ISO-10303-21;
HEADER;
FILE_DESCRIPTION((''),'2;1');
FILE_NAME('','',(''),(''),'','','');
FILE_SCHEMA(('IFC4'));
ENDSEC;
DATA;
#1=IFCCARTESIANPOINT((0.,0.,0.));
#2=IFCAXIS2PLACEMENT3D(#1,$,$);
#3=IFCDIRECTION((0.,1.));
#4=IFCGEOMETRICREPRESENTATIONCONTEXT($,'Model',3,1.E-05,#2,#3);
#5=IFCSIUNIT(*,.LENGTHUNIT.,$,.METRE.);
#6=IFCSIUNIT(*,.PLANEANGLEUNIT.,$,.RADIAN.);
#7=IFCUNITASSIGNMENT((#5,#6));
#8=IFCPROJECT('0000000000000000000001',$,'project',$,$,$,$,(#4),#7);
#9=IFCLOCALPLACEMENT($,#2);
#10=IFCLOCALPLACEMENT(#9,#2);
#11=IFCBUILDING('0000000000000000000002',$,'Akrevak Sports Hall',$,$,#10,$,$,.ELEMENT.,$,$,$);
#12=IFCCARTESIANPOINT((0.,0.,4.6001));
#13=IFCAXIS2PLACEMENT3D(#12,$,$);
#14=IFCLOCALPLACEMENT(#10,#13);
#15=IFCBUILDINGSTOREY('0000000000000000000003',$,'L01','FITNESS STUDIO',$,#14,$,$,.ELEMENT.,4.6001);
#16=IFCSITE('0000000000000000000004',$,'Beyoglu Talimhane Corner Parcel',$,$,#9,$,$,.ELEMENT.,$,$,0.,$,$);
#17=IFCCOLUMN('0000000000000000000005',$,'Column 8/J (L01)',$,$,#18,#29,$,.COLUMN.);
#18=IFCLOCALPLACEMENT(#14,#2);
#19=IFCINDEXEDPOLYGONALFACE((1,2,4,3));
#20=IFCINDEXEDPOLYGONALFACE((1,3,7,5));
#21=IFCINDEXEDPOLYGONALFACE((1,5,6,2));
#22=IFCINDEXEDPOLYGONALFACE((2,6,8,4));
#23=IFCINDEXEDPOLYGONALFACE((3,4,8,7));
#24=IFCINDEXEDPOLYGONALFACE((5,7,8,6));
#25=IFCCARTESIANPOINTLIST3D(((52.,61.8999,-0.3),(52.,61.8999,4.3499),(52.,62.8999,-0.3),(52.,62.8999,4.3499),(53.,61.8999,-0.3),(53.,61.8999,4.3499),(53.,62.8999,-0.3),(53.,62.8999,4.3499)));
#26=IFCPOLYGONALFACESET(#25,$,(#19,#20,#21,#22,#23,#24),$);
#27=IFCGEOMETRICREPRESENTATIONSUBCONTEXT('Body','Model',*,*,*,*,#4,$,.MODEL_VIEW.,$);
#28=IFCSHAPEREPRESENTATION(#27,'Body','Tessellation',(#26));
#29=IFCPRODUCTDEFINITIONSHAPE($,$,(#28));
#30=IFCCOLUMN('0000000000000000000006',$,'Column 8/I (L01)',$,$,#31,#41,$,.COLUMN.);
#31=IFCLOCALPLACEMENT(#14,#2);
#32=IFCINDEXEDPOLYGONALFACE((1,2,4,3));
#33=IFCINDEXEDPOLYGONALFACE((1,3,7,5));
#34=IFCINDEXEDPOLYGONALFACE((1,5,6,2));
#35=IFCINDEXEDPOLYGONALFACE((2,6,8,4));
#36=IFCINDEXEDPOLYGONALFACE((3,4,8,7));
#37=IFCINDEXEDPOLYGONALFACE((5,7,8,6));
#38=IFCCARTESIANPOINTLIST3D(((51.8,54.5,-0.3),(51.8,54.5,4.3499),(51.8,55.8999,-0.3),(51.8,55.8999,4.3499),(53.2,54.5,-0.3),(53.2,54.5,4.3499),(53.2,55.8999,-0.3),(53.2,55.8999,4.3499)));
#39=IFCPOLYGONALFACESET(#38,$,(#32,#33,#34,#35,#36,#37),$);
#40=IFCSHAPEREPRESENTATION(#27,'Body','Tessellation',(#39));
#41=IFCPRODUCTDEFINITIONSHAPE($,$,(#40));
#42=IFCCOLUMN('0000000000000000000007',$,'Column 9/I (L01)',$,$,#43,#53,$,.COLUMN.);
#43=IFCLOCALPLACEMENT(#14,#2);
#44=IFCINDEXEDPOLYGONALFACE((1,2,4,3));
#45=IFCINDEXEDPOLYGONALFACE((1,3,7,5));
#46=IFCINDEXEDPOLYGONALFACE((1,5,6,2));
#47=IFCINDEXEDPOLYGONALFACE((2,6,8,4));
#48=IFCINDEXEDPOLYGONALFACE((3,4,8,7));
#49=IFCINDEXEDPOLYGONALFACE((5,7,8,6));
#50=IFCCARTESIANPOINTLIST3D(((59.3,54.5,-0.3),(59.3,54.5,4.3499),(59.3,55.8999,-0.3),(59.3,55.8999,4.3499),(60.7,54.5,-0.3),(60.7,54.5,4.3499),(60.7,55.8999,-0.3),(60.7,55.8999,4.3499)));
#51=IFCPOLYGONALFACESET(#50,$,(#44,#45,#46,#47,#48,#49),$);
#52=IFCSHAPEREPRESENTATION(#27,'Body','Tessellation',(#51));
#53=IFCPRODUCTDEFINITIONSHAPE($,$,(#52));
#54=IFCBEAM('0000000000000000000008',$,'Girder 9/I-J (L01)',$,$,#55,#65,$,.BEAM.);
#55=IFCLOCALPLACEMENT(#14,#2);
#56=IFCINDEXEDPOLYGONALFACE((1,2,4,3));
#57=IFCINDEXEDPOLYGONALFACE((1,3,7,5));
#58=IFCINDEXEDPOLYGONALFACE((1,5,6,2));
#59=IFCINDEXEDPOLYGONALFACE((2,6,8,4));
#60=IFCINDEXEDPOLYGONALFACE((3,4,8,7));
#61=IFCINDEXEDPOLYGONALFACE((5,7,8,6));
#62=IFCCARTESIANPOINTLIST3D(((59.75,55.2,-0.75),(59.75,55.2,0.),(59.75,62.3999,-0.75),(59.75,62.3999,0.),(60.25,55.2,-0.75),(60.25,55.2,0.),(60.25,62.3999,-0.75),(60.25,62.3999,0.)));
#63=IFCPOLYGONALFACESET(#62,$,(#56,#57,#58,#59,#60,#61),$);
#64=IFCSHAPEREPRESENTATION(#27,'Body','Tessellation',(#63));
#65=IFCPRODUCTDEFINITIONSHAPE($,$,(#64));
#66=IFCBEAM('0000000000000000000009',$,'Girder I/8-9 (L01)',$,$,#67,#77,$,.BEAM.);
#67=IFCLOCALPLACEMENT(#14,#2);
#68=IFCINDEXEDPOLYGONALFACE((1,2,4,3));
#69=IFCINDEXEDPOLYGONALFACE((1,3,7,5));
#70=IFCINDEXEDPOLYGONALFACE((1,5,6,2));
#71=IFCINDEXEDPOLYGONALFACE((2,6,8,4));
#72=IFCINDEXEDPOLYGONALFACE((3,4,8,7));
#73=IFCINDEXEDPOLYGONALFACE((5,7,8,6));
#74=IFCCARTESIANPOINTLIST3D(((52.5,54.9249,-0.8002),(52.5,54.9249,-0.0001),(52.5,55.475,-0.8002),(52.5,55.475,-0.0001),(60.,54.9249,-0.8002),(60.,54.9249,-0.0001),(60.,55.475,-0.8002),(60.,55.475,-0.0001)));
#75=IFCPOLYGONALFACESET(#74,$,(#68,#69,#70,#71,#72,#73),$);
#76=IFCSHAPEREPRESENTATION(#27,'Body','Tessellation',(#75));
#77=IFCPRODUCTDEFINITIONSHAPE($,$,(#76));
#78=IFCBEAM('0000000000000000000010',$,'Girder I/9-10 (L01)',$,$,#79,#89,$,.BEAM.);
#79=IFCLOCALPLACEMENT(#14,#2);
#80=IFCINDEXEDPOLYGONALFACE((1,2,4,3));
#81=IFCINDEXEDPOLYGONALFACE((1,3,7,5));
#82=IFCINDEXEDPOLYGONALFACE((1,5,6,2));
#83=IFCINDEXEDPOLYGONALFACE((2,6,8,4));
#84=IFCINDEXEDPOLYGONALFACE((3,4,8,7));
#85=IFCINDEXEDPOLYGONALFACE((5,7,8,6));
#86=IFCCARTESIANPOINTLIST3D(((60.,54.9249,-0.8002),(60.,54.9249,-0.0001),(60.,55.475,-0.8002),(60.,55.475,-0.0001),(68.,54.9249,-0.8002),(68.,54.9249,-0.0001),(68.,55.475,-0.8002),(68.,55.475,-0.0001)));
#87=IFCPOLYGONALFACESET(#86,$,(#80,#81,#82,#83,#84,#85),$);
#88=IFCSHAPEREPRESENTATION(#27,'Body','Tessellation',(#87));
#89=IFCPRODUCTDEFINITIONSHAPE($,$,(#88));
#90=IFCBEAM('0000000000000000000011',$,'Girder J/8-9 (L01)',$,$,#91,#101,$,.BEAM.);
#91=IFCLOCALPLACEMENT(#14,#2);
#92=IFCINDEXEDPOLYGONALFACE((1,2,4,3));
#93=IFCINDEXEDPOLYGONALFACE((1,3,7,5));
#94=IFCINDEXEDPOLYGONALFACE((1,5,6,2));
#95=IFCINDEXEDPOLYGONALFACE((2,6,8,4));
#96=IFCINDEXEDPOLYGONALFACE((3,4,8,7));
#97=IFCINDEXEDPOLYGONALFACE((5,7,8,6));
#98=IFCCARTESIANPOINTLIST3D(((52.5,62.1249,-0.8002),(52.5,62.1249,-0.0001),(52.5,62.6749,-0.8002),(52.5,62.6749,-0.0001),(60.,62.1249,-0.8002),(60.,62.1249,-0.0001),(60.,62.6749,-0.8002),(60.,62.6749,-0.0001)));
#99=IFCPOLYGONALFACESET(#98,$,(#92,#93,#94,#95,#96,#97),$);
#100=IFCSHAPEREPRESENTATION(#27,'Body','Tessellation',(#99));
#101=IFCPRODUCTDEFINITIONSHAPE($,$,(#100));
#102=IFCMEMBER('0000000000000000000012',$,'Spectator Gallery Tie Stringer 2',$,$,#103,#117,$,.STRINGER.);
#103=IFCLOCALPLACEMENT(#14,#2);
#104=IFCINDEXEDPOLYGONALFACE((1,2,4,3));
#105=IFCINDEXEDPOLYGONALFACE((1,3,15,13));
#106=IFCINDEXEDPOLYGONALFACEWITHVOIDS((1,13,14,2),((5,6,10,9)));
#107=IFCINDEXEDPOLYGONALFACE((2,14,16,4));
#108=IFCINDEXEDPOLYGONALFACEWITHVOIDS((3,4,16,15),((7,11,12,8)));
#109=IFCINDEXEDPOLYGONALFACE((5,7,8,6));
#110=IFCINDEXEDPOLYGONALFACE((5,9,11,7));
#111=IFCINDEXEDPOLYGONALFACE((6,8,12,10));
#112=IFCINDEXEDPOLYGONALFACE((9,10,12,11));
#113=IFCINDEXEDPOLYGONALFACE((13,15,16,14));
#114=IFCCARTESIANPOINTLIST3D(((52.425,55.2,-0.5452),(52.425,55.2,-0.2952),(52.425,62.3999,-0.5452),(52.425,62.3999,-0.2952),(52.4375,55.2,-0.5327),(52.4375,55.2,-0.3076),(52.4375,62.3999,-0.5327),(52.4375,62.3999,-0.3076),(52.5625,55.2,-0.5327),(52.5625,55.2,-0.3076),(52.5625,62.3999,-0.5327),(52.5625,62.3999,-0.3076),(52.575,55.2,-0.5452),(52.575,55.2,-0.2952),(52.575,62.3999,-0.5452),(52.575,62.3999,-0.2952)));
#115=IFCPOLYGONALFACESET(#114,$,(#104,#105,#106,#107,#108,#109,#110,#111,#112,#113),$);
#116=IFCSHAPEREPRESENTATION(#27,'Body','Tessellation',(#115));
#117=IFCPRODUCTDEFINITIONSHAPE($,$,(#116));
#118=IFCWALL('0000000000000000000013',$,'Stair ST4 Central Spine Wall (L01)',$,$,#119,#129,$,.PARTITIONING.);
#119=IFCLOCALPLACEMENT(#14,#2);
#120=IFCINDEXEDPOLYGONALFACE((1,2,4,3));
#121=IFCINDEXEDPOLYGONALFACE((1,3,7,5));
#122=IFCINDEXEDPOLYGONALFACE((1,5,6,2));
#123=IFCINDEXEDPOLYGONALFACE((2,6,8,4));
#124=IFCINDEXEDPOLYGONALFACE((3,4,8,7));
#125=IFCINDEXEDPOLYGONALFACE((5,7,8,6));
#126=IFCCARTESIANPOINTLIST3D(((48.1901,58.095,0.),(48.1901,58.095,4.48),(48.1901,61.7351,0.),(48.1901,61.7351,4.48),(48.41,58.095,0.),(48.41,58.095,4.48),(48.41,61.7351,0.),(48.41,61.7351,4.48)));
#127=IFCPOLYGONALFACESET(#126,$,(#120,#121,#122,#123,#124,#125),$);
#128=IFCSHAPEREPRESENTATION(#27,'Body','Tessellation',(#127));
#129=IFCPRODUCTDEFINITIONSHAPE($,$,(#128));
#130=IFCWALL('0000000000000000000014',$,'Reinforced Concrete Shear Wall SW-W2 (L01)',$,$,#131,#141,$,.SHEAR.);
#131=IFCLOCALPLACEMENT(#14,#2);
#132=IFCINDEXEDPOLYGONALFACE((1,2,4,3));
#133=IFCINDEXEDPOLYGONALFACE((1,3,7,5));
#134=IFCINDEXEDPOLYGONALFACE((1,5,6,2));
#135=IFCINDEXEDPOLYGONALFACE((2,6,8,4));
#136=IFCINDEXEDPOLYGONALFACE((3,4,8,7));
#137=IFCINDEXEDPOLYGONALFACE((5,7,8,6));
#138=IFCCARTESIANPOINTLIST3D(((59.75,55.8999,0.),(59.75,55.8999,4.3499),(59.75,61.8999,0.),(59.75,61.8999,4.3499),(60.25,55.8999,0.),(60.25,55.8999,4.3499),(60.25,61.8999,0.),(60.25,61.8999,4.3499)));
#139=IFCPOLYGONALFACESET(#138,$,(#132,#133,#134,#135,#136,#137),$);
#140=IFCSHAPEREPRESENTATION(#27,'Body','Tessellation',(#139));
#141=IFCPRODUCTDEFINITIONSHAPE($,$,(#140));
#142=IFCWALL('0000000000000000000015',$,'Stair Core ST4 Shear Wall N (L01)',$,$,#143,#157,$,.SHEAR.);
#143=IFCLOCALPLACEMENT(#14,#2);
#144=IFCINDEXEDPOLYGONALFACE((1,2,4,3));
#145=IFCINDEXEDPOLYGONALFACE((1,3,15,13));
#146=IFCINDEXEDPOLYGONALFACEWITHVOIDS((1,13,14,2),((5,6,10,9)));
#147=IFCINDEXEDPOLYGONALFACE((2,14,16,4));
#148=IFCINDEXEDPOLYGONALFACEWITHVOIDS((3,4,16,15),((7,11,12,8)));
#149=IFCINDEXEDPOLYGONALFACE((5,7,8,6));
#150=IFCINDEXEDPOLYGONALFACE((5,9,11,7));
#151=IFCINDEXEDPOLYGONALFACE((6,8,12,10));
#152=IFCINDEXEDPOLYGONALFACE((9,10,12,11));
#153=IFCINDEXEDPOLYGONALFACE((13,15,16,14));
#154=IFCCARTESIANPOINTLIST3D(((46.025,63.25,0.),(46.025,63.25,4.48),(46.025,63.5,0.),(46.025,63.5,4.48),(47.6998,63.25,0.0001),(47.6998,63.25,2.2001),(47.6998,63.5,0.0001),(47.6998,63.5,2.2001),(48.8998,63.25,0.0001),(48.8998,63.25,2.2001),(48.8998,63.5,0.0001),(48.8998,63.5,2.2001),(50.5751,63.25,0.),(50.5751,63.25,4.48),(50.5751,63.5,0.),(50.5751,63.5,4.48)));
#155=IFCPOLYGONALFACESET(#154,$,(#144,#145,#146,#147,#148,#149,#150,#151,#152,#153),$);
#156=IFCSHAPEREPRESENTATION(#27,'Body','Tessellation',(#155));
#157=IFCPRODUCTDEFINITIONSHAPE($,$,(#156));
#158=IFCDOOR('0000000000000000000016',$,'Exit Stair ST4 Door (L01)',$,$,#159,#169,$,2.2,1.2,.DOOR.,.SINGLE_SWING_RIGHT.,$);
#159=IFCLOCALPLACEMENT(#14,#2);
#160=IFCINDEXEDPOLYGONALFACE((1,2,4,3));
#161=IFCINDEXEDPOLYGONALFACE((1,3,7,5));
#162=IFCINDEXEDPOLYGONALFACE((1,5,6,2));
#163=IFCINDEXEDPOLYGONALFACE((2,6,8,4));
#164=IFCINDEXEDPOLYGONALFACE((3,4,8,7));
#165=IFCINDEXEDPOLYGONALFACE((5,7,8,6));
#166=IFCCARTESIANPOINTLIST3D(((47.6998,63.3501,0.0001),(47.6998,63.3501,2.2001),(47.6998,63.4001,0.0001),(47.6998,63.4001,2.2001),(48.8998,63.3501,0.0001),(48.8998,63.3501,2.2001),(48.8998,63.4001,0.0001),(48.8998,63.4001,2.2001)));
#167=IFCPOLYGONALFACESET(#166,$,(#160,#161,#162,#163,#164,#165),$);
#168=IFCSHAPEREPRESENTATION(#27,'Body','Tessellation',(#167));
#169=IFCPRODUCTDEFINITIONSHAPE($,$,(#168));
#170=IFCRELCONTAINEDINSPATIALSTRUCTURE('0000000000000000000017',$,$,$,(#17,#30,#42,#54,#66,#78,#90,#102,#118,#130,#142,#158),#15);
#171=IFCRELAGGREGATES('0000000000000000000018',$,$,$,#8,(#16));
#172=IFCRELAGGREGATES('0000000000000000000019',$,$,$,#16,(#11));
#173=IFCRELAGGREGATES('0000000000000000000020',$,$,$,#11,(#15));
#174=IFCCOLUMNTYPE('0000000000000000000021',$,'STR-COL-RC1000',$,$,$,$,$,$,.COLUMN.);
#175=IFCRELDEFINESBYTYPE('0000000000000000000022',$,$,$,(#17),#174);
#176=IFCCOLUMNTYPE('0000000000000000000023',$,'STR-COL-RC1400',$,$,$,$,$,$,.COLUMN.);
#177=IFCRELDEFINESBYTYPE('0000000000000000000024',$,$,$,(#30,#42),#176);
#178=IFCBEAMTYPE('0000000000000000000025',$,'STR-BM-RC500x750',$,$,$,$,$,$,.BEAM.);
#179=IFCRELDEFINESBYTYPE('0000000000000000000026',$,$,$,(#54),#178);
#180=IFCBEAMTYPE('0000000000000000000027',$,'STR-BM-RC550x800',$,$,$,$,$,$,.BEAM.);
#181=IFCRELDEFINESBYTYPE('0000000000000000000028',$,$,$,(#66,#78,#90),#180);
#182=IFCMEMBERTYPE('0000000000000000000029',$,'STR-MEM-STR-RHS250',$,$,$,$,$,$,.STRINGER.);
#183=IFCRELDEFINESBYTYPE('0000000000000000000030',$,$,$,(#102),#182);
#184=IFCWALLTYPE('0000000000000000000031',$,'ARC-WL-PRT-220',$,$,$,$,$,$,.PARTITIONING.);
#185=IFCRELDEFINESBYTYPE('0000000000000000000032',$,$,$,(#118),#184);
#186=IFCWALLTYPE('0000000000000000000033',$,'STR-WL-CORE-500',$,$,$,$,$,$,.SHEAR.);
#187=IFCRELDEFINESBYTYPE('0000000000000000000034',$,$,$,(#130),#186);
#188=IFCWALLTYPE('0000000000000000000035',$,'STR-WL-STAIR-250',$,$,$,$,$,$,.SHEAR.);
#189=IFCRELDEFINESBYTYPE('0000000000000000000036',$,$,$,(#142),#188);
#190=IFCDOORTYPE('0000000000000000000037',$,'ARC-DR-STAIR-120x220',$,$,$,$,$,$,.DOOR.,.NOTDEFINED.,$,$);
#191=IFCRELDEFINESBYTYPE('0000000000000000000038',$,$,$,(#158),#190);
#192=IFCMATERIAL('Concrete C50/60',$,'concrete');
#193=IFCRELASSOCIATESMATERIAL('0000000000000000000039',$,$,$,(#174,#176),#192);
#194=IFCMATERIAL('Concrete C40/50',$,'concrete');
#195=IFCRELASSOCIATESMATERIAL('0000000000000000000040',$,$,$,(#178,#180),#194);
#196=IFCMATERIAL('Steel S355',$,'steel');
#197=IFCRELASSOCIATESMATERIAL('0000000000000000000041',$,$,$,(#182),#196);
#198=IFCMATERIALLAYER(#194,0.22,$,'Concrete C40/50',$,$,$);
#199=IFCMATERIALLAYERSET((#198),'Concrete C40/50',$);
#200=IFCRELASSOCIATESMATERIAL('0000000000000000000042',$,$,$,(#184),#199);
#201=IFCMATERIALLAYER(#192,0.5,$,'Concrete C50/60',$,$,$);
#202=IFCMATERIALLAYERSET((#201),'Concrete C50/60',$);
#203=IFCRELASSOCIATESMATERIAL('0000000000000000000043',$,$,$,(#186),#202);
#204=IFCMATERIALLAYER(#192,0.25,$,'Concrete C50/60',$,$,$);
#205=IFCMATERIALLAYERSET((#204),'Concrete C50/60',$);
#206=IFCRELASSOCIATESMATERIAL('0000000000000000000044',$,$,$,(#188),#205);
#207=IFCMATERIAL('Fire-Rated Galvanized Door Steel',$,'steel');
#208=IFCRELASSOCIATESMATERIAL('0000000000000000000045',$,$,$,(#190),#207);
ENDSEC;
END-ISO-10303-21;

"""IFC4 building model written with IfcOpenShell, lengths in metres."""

from ifc_helpers import new_model, si_unit, direction, frame, frame_2d, origin, origin_2d, place, context, subcontext, project, spatial, rectangle, hollow_rectangle, extrude, material, layer, layer_set, material_profile, profile_set, type_object, element, fill, save


model = new_model("IFC4")

# Units and contexts
model_context = context("Model", 3, precision=1e-05, world=origin(), true_north=direction((0.0, 1.0)))
body_context = subcontext(model_context, "Body", "Model", "MODEL_VIEW")
ifc_project = project(units=[si_unit("LENGTHUNIT", "METRE"), si_unit("PLANEANGLEUNIT", "RADIAN")], contexts=[model_context])

# Site, building, storey
site_placement = place(None, origin())
site = spatial("IfcSite", under=ifc_project, at=site_placement, Name="Beyoglu Talimhane Corner Parcel", CompositionType="ELEMENT", RefElevation=0.0)
building_placement = place(site_placement, origin())
building = spatial("IfcBuilding", under=site, at=building_placement, Name="Akrevak Sports Hall", CompositionType="ELEMENT")
storey_placement = place(building_placement, frame((0.0, 0.0, 4.6001)))
storey = spatial("IfcBuildingStorey", under=building, at=storey_placement, Name="L01", Description="FITNESS STUDIO", CompositionType="ELEMENT", Elevation=4.6001)

# Columns
ifc_material_1 = material(Name="Concrete C50/60", Category="concrete")
ifc_material_profile_1 = material_profile(ifc_material_1, rectangle(XDim=1.0, YDim=1.0, at=origin_2d()), Name="RC 1000x1000", Category="concrete")
ifc_profile_set_1 = profile_set([ifc_material_profile_1], Name="Concrete C50/60")
column_type_1 = type_object("IfcColumnType", Name="STR-COL-RC1000", PredefinedType="COLUMN", material=ifc_profile_set_1)
column_placement = place(storey_placement, frame((52.5, 62.3999, -0.3), z_axis=(0.0, 0.0, 1.0), x_axis=(1.0, 0.0, 0.0)))
element("IfcColumn", 1, at=column_placement, inside=storey, type_object=column_type_1, Name="Column 8/J (L01)", PredefinedType="COLUMN", context=body_context, shape_type="SweptSolid", body=[
    extrude(rectangle(XDim=1.0, YDim=1.0, at=origin_2d()), origin(), (0.0, 0.0, 1.0), 4.6499),
])
ifc_material_profile_2 = material_profile(ifc_material_1, rectangle(XDim=1.3999, YDim=1.3999, at=origin_2d()), Name="RC 1400x1400", Category="concrete")
ifc_profile_set_2 = profile_set([ifc_material_profile_2], Name="Concrete C50/60")
column_type_2 = type_object("IfcColumnType", Name="STR-COL-RC1400", PredefinedType="COLUMN", material=ifc_profile_set_2)
for number, where, z_axis, x_axis, name in (
    (2, (52.5, 55.2, -0.3), (0.0, 0.0, 1.0), (1.0, 0.0, 0.0), "Column 8/I (L01)"),
    (3, (60.0, 55.2, -0.3), (0.0, 0.0, 1.0), (1.0, 0.0, 0.0), "Column 9/I (L01)"),
):
    element("IfcColumn", number, at=place(storey_placement, frame(where, z_axis=z_axis, x_axis=x_axis)), inside=storey, type_object=column_type_2, Name=name, PredefinedType="COLUMN", context=body_context, shape_type="SweptSolid", body=[
        extrude(rectangle(XDim=1.3999, YDim=1.3999, at=origin_2d()), origin(), (0.0, 0.0, 1.0), 4.6499),
    ])

# Beams
ifc_material_2 = material(Name="Concrete C40/50", Category="concrete")
ifc_material_profile_3 = material_profile(ifc_material_2, rectangle(XDim=0.5, YDim=0.75, at=origin_2d()), Name="BM 500x750", Category="concrete")
ifc_profile_set_3 = profile_set([ifc_material_profile_3], Name="Concrete C40/50")
beam_type_1 = type_object("IfcBeamType", Name="STR-BM-RC500x750", PredefinedType="BEAM", material=ifc_profile_set_3)
beam_1_placement = place(storey_placement, frame((60.0, 55.2, -0.375), z_axis=(0.0, 1.0, 0.0), x_axis=(-1.0, 0.0, 0.0)))
element("IfcBeam", 4, at=beam_1_placement, inside=storey, type_object=beam_type_1, Name="Girder 9/I-J (L01)", PredefinedType="BEAM", context=body_context, shape_type="SweptSolid", body=[
    extrude(rectangle(XDim=0.5, YDim=0.75, at=origin_2d()), origin(), (0.0, 0.0, 1.0), 7.2),
])
ifc_material_profile_4 = material_profile(ifc_material_2, rectangle(XDim=0.55, YDim=0.8, at=origin_2d()), Name="BM 550x800", Category="concrete")
ifc_profile_set_4 = profile_set([ifc_material_profile_4], Name="Concrete C40/50")
beam_type_2 = type_object("IfcBeamType", Name="STR-BM-RC550x800", PredefinedType="BEAM", material=ifc_profile_set_4)
beam_2_placement = place(storey_placement, frame((52.5, 55.2, -0.4001), z_axis=(1.0, 0.0, 0.0), x_axis=(0.0, 1.0, 0.0)))
element("IfcBeam", 5, at=beam_2_placement, inside=storey, type_object=beam_type_2, Name="Girder I/8-9 (L01)", PredefinedType="BEAM", context=body_context, shape_type="SweptSolid", body=[
    extrude(rectangle(XDim=0.55, YDim=0.8, at=origin_2d()), origin(), (0.0, 0.0, 1.0), 7.5),
])
beam_3_placement = place(storey_placement, frame((60.0, 55.2, -0.4001), z_axis=(1.0, 0.0, 0.0), x_axis=(0.0, 1.0, 0.0)))
element("IfcBeam", 6, at=beam_3_placement, inside=storey, type_object=beam_type_2, Name="Girder I/9-10 (L01)", PredefinedType="BEAM", context=body_context, shape_type="SweptSolid", body=[
    extrude(rectangle(XDim=0.55, YDim=0.8, at=origin_2d()), origin(), (0.0, 0.0, 1.0), 8.0),
])
beam_4_placement = place(storey_placement, frame((52.5, 62.3999, -0.4001), z_axis=(1.0, 0.0, 0.0), x_axis=(0.0, 1.0, 0.0)))
element("IfcBeam", 7, at=beam_4_placement, inside=storey, type_object=beam_type_2, Name="Girder J/8-9 (L01)", PredefinedType="BEAM", context=body_context, shape_type="SweptSolid", body=[
    extrude(rectangle(XDim=0.55, YDim=0.8, at=origin_2d()), origin(), (0.0, 0.0, 1.0), 7.5),
])

# Member
ifc_material_3 = material(Name="Steel S355", Category="steel")
ifc_material_profile_5 = material_profile(ifc_material_3, hollow_rectangle(XDim=0.1499, YDim=0.25, WallThickness=0.0125, at=origin_2d()), Name="RHS 250x150x12.5", Category="steel")
ifc_profile_set_5 = profile_set([ifc_material_profile_5], Name="Steel S355")
member_type = type_object("IfcMemberType", Name="STR-MEM-STR-RHS250", PredefinedType="STRINGER", material=ifc_profile_set_5)
member_placement = place(storey_placement, frame((52.5, 55.2, -0.4202), z_axis=(0.0, 1.0, 0.0), x_axis=(-1.0, 0.0, 0.0)))
element("IfcMember", 8, at=member_placement, inside=storey, type_object=member_type, Name="Spectator Gallery Tie Stringer 2", PredefinedType="STRINGER", context=body_context, shape_type="SweptSolid", body=[
    extrude(hollow_rectangle(XDim=0.1499, YDim=0.25, WallThickness=0.0125, at=origin_2d()), origin(), (0.0, 0.0, 1.0), 7.2),
])

# Walls
ifc_layer_1 = layer(ifc_material_2, 0.22, Name="Concrete C40/50")
ifc_layer_set_1 = layer_set([ifc_layer_1], Name="Concrete C40/50")
wall_type_1 = type_object("IfcWallType", Name="ARC-WL-PRT-220", PredefinedType="PARTITIONING", material=ifc_layer_set_1)
wall_1_placement = place(storey_placement, frame((48.3, 58.095, 0.0), z_axis=(0.0, 0.0, 1.0), x_axis=(0.0, 1.0, 0.0)))
element("IfcWall", 9, at=wall_1_placement, inside=storey, type_object=wall_type_1, Name="Stair ST4 Central Spine Wall (L01)", PredefinedType="PARTITIONING", context=body_context, shape_type="SweptSolid", body=[
    extrude(rectangle(XDim=3.6401, YDim=0.22, at=frame_2d((1.8201, 0.0))), origin(), (0.0, 0.0, 1.0), 4.48),
])
ifc_layer_2 = layer(ifc_material_1, 0.5, Name="Concrete C50/60")
ifc_layer_set_2 = layer_set([ifc_layer_2], Name="Concrete C50/60")
wall_type_2 = type_object("IfcWallType", Name="STR-WL-CORE-500", PredefinedType="SHEAR", material=ifc_layer_set_2)
wall_2_placement = place(storey_placement, frame((60.0, 55.8999, 0.0), z_axis=(0.0, 0.0, 1.0), x_axis=(0.0, 1.0, 0.0)))
element("IfcWall", 10, at=wall_2_placement, inside=storey, type_object=wall_type_2, Name="Reinforced Concrete Shear Wall SW-W2 (L01)", PredefinedType="SHEAR", context=body_context, shape_type="SweptSolid", body=[
    extrude(rectangle(XDim=6.0, YDim=0.5, at=frame_2d((3.0, 0.0))), origin(), (0.0, 0.0, 1.0), 4.3499),
])

# Wall, opening, door
ifc_layer_3 = layer(ifc_material_1, 0.25, Name="Concrete C50/60")
ifc_layer_set_3 = layer_set([ifc_layer_3], Name="Concrete C50/60")
wall_type_3 = type_object("IfcWallType", Name="STR-WL-STAIR-250", PredefinedType="SHEAR", material=ifc_layer_set_3)
wall_3_placement = place(storey_placement, frame((50.575, 63.375, 0.0), z_axis=(0.0, 0.0, 1.0), x_axis=(-1.0, 0.0, 0.0)))
wall_3 = element("IfcWall", 11, at=wall_3_placement, inside=storey, type_object=wall_type_3, Name="Stair Core ST4 Shear Wall N (L01)", PredefinedType="SHEAR", context=body_context, shape_type="SweptSolid", body=[
    extrude(rectangle(XDim=4.55, YDim=0.25, at=frame_2d((2.2749, 0.0))), origin(), (0.0, 0.0, 1.0), 4.48),
])
opening_placement = place(wall_3_placement, frame((1.675, 0.0, 0.0)))
opening = element("IfcOpeningElement", 12, at=opening_placement, cuts=wall_3, PredefinedType="OPENING", context=body_context, shape_type="SweptSolid", body=[
    extrude(rectangle(XDim=1.2, YDim=2.2, at=frame_2d((0.6001, 1.1001))), frame((0.0, 0.137, 0.0), z_axis=(0.0, -1.0, 0.0), x_axis=(1.0, 0.0, 0.0)), (0.0, 0.0, 1.0), 0.2739),
])
ifc_material_4 = material(Name="Fire-Rated Galvanized Door Steel", Category="steel")
door_type = type_object("IfcDoorType", Name="ARC-DR-STAIR-120x220", OperationType="NOTDEFINED", PredefinedType="DOOR", material=ifc_material_4)
door_placement = place(opening_placement, origin())
door = element("IfcDoor", 13, at=door_placement, inside=storey, type_object=door_type, Name="Exit Stair ST4 Door (L01)", OperationType="SINGLE_SWING_RIGHT", OverallHeight=2.2, OverallWidth=1.2, PredefinedType="DOOR", context=body_context, shape_type="SweptSolid", body=[
    extrude(rectangle(XDim=1.2, YDim=2.2, at=frame_2d((0.6001, 1.1001))), frame((0.0, 0.0249, 0.0), z_axis=(0.0, -1.0, 0.0), x_axis=(1.0, 0.0, 0.0)), (0.0, 0.0, 1.0), 0.05),
])
fill(opening, door)

save(model, "model.ifc")
